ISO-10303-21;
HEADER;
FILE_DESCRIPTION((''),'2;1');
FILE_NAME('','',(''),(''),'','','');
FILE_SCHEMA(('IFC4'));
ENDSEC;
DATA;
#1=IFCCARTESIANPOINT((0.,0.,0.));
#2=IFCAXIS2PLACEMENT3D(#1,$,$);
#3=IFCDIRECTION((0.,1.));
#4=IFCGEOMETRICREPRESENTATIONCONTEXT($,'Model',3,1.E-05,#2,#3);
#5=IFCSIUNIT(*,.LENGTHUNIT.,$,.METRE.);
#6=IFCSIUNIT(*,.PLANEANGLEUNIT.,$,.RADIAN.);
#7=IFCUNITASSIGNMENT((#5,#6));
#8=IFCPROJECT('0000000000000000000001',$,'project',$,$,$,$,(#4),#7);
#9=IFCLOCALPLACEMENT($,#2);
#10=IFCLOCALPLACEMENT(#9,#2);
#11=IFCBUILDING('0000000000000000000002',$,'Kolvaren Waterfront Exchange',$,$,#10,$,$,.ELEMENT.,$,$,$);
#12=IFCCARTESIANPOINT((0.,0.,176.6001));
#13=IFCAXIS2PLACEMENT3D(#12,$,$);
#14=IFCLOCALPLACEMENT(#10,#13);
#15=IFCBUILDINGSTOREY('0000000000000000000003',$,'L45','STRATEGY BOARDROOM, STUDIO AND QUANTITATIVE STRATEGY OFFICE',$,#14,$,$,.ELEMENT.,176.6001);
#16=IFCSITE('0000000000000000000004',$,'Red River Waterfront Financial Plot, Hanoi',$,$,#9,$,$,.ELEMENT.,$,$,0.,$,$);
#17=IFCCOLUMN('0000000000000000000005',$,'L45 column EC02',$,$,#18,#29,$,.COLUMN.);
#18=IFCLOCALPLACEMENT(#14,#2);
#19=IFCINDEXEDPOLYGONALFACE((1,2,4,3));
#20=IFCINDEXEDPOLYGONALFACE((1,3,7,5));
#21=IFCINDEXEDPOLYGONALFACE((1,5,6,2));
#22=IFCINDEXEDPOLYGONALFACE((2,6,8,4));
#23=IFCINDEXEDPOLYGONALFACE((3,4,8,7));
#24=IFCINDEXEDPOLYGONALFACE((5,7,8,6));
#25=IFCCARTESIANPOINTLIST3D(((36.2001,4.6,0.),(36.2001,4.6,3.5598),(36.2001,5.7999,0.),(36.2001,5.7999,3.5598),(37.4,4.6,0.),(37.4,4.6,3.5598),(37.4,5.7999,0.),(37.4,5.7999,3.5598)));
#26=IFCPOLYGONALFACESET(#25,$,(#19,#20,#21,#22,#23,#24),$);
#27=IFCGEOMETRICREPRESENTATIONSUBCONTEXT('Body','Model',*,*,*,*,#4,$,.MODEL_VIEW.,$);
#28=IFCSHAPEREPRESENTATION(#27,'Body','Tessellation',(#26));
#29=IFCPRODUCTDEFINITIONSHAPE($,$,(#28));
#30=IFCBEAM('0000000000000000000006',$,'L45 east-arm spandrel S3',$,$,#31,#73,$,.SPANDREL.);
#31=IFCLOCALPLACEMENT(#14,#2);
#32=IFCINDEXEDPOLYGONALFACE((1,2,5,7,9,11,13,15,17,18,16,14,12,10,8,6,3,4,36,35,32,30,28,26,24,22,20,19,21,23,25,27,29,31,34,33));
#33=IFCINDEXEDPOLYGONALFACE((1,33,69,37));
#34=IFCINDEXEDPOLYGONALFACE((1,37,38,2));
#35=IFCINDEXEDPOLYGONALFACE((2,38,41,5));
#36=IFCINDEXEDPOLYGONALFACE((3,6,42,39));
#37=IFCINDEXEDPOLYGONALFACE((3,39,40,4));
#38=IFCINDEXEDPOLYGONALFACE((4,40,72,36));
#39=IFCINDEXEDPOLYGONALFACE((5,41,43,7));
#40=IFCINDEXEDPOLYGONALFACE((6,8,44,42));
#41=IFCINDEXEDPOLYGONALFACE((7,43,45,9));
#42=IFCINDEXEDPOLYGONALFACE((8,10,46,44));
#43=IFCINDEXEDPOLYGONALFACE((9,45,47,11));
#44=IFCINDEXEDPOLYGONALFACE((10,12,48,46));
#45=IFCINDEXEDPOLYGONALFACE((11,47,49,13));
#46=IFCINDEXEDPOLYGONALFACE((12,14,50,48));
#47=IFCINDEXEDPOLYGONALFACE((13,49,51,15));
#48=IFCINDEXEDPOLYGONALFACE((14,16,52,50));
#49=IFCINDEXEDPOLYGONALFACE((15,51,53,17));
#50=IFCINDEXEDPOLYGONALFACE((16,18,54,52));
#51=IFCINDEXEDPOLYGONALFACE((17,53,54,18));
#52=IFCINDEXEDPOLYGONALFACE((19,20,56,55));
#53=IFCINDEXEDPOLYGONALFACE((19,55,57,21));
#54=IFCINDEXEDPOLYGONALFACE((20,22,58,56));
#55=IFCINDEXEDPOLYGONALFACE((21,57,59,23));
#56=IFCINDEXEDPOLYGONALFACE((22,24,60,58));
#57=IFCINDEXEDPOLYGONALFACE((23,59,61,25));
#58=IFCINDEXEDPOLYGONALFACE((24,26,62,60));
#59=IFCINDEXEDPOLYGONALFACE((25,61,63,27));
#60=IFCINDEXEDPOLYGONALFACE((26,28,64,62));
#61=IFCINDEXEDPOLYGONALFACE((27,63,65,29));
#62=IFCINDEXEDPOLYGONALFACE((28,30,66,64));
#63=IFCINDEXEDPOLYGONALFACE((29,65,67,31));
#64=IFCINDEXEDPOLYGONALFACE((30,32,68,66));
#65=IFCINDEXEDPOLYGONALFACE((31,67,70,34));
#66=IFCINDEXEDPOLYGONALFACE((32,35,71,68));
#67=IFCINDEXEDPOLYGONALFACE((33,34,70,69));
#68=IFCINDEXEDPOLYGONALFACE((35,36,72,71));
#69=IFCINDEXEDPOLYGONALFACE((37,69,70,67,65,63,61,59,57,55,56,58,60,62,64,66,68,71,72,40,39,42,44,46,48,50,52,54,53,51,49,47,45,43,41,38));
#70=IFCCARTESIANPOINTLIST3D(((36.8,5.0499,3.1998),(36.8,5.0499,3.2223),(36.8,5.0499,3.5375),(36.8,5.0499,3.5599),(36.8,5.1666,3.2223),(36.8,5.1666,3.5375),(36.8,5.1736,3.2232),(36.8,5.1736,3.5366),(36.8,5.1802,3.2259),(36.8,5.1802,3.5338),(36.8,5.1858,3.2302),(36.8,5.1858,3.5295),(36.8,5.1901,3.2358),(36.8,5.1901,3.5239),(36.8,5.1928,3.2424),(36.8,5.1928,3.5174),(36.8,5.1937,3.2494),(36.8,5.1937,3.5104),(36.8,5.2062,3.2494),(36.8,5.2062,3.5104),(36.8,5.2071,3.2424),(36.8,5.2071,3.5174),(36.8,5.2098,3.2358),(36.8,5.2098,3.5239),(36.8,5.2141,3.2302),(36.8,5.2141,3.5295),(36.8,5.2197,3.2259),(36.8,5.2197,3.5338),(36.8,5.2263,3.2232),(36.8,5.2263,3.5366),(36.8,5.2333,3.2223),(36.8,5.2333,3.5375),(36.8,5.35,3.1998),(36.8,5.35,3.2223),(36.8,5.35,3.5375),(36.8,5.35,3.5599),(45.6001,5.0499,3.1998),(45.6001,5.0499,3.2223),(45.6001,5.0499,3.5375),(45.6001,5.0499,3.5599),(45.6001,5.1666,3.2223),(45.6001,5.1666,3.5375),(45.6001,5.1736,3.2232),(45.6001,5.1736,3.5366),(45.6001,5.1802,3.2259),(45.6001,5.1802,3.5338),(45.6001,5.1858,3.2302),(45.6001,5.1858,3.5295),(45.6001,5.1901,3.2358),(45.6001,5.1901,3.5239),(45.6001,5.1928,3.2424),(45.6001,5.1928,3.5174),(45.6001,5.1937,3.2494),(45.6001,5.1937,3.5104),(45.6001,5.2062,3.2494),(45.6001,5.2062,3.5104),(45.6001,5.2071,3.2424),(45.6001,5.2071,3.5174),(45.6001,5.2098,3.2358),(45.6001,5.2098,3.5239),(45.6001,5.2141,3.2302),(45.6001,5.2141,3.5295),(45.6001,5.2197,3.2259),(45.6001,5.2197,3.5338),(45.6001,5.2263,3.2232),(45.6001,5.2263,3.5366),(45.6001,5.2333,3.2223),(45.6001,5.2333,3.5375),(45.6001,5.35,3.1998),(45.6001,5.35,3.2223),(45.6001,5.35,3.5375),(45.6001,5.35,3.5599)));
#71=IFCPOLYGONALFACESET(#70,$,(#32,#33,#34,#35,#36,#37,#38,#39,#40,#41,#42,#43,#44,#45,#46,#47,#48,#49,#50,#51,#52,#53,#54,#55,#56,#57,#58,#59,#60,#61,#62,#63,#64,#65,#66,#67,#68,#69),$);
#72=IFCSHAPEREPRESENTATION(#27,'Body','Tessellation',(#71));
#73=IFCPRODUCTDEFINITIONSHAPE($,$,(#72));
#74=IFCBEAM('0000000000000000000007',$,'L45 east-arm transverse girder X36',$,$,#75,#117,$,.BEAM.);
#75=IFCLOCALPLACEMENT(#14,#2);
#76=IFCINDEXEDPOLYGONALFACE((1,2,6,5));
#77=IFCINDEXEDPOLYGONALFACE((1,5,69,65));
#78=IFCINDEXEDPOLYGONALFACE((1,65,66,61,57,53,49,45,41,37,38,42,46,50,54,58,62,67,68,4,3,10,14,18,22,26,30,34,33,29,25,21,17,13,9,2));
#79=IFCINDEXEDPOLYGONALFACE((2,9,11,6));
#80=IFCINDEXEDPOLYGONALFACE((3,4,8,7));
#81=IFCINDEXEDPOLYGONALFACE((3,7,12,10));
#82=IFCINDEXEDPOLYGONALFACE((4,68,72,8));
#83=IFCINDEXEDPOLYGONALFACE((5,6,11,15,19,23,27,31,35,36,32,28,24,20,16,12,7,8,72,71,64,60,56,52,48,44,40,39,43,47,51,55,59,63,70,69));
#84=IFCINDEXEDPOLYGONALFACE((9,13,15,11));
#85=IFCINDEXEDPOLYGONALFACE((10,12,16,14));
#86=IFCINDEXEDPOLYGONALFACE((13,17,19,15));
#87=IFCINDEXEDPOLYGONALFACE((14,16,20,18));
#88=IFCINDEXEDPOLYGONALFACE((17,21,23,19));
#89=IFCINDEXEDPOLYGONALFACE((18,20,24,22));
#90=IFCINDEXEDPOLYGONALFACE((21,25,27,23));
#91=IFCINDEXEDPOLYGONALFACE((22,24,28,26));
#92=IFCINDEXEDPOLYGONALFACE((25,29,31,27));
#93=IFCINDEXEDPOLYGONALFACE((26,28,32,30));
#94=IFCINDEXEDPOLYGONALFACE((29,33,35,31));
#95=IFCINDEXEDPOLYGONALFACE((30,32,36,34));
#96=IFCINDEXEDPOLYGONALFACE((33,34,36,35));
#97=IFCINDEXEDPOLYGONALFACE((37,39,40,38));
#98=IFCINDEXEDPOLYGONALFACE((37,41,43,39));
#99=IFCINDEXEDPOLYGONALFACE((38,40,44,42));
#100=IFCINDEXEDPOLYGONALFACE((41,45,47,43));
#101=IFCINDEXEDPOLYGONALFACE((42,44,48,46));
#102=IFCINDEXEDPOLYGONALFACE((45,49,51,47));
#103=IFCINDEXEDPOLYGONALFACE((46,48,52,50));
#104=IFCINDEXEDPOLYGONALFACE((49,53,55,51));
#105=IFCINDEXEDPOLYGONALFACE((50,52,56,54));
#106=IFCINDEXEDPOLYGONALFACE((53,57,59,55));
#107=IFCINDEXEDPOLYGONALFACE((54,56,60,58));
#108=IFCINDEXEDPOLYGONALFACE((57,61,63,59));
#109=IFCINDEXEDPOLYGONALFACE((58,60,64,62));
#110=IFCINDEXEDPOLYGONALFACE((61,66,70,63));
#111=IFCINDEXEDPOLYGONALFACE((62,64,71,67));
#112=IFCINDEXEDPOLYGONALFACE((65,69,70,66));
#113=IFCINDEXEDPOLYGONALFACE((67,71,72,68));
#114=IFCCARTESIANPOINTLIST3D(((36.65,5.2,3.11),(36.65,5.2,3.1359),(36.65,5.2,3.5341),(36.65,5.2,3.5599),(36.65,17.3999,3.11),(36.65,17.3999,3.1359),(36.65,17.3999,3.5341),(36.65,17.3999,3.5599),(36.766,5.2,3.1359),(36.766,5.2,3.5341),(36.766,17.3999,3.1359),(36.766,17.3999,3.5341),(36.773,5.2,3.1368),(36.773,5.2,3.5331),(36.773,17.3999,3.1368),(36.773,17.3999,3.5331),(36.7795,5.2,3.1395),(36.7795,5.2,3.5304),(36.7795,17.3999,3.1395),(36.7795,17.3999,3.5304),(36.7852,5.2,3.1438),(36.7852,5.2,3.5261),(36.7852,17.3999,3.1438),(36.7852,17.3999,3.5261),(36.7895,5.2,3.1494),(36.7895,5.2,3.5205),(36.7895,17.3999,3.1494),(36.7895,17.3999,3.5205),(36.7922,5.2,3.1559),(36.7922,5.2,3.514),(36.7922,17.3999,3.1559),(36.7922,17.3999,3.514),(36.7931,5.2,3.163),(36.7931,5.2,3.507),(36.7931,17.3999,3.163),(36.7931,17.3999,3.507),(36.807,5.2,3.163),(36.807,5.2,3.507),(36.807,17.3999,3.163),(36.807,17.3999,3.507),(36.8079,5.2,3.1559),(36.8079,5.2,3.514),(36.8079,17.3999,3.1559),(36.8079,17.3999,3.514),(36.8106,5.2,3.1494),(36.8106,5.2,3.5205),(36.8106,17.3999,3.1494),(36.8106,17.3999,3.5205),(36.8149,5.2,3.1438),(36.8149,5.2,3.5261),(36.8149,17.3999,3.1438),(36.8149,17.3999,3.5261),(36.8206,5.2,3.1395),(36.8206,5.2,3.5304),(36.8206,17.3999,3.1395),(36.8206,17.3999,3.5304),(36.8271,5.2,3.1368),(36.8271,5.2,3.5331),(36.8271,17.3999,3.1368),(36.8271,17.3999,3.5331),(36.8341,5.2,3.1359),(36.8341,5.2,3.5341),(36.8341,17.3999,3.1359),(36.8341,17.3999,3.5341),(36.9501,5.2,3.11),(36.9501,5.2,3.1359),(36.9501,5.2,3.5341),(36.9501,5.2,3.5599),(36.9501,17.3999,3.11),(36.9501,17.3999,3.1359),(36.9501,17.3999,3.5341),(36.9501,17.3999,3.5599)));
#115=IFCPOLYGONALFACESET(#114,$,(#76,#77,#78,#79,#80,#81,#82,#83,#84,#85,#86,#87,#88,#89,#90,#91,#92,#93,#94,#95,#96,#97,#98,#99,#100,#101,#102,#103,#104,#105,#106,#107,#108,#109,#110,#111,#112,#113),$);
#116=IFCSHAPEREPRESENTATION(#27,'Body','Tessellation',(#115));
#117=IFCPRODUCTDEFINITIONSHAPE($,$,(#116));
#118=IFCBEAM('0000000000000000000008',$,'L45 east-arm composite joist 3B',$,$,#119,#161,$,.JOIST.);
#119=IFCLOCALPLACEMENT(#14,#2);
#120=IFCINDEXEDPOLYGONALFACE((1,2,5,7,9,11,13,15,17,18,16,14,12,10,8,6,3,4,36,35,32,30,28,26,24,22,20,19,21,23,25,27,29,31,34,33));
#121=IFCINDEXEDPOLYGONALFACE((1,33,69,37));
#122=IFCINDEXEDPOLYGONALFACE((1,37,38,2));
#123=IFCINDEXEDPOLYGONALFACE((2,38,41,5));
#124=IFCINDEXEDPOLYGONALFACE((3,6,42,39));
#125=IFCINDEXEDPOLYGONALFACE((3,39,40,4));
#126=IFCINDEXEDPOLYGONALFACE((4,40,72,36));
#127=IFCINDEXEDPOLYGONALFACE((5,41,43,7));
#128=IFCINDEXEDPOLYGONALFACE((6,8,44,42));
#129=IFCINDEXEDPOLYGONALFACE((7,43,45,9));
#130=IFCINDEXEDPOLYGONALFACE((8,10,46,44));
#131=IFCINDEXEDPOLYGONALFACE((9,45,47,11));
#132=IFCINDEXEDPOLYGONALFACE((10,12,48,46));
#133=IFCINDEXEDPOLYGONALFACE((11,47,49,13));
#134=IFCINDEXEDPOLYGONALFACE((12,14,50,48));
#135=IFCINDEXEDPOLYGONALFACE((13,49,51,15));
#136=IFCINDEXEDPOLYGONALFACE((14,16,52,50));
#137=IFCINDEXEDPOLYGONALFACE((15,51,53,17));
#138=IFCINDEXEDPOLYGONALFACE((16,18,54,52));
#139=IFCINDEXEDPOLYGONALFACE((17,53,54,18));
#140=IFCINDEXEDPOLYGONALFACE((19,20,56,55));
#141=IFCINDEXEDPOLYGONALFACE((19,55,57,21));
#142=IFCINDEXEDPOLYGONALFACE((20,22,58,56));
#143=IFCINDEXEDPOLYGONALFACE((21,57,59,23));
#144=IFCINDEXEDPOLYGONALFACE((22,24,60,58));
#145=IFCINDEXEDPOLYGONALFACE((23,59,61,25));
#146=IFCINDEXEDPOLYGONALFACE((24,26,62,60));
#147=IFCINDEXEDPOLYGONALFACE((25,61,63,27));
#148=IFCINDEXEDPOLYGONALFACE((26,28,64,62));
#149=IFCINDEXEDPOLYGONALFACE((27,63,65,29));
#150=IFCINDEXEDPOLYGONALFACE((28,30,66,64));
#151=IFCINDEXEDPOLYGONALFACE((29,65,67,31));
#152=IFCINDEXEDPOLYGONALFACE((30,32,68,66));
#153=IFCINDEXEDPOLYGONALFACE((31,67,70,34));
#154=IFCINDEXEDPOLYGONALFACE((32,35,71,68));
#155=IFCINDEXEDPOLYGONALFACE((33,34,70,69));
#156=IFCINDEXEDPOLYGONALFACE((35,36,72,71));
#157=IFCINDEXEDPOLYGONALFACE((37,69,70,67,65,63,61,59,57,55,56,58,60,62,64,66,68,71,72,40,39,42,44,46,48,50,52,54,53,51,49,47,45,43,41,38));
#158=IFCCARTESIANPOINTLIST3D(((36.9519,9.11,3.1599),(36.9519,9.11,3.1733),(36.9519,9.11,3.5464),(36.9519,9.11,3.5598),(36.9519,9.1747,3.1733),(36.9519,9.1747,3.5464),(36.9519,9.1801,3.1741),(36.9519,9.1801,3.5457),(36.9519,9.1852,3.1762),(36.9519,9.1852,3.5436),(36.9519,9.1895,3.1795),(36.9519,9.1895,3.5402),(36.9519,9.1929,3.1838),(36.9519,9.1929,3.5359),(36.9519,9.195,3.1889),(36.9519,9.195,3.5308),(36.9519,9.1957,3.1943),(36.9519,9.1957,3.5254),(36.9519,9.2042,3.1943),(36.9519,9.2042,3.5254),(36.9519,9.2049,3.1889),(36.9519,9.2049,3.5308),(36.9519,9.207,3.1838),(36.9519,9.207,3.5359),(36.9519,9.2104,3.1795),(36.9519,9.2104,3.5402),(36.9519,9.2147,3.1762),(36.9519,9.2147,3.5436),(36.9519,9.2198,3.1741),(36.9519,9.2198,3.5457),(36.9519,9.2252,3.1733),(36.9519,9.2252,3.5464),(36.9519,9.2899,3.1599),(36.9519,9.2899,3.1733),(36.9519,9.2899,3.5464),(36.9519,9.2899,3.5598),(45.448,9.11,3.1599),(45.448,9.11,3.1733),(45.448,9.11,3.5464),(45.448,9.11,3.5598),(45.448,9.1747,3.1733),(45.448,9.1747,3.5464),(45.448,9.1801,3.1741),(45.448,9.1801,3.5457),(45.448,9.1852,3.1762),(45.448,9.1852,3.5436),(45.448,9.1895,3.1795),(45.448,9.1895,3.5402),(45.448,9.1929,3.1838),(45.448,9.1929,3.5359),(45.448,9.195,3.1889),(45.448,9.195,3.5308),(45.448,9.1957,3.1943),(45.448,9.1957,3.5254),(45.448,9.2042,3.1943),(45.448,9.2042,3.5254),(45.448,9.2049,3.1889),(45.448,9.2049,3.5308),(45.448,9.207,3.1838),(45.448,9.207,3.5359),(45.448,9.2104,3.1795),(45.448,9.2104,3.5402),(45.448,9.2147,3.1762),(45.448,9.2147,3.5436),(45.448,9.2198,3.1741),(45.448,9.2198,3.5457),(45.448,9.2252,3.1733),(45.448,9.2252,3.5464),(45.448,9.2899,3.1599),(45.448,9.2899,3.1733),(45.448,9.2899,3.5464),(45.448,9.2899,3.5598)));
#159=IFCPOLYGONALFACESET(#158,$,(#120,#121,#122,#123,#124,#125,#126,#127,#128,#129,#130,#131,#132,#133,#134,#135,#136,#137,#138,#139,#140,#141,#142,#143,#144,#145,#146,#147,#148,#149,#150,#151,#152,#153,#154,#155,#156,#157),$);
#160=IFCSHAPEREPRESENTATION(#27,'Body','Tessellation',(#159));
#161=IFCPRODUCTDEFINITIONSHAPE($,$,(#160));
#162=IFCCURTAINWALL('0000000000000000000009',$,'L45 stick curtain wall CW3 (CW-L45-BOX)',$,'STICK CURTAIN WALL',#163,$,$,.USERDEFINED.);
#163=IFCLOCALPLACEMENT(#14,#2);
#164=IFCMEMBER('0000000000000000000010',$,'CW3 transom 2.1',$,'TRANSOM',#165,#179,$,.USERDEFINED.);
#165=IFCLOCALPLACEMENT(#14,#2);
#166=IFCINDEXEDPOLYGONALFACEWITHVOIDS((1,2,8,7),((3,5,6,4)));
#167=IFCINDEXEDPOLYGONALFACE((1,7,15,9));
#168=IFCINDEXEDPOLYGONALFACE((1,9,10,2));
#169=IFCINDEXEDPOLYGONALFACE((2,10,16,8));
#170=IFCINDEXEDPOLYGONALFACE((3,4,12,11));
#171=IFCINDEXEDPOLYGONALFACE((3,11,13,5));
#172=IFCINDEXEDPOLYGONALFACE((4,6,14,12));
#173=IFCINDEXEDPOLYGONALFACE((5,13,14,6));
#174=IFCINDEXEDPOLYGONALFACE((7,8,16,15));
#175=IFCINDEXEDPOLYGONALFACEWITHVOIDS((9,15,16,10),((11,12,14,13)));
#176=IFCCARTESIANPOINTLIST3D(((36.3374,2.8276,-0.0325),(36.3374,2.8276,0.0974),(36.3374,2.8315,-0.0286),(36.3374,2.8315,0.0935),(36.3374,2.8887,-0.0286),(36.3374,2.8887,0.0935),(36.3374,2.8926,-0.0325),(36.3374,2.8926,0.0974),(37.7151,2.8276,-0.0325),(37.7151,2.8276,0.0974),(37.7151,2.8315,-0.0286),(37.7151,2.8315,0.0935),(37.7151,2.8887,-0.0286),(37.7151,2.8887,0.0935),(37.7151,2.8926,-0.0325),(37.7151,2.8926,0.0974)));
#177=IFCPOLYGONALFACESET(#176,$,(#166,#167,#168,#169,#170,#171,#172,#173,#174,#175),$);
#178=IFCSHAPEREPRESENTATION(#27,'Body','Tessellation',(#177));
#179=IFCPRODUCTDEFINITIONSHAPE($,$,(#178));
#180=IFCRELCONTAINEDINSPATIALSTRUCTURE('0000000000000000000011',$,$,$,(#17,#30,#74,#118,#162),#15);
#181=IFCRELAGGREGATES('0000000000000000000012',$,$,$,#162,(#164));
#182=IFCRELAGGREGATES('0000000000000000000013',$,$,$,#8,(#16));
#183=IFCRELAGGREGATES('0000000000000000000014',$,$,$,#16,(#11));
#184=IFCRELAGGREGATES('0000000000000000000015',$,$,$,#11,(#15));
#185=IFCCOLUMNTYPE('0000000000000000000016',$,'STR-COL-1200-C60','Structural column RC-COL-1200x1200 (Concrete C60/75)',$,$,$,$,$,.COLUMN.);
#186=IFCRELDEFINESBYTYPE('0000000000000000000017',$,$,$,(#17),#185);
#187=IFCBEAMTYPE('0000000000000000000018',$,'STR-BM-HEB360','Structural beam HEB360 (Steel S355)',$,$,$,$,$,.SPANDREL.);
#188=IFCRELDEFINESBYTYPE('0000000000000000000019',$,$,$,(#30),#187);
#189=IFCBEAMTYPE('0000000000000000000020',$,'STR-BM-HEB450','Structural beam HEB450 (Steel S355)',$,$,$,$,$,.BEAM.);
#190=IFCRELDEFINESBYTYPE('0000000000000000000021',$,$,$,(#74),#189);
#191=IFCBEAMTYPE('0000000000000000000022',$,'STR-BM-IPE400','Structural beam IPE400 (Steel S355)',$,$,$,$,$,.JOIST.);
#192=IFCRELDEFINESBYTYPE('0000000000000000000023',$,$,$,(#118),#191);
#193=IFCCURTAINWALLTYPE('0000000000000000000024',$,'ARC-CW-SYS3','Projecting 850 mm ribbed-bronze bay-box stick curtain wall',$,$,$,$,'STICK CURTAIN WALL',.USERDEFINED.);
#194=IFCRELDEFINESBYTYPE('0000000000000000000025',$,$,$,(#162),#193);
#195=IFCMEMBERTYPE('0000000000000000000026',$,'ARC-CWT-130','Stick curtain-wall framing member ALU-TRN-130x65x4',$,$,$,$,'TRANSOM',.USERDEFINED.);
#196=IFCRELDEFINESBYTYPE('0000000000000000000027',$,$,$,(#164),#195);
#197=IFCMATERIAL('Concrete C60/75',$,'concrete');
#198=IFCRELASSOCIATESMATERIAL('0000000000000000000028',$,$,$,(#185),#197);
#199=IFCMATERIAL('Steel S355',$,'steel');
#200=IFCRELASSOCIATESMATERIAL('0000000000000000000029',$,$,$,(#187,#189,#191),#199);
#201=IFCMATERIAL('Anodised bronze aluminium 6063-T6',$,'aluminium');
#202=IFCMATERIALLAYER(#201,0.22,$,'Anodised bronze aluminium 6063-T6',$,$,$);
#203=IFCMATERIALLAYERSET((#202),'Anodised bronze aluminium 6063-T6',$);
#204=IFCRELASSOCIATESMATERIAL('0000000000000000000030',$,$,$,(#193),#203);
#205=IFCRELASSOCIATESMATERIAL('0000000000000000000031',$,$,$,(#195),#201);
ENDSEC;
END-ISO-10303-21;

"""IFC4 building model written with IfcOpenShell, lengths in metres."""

from ifc_helpers import new_model, si_unit, direction, frame, origin, origin_with_axes, origin_2d, place, context, subcontext, project, spatial, rectangle, hollow_rectangle, i_section, extrude, source, transform, mapped, material, layer, layer_set, material_profile, profile_set, type_object, element, aggregate, save


model = new_model("IFC4")

# Units and contexts
model_context = context("Model", 3, precision=1e-05, world=origin(), true_north=direction((0.0, 1.0)))
body_context = subcontext(model_context, "Body", "Model", "MODEL_VIEW")
ifc_project = project(units=[si_unit("LENGTHUNIT", "METRE"), si_unit("PLANEANGLEUNIT", "RADIAN")], contexts=[model_context])

# Site, building, storey
site_placement = place(None, origin())
site = spatial("IfcSite", under=ifc_project, at=site_placement, Name="Red River Waterfront Financial Plot, Hanoi", CompositionType="ELEMENT", RefElevation=0.0)
building_placement = place(site_placement, origin())
building = spatial("IfcBuilding", under=site, at=building_placement, Name="Kolvaren Waterfront Exchange", CompositionType="ELEMENT")
storey_placement = place(building_placement, frame((0.0, 0.0, 176.6001)))
storey = spatial("IfcBuildingStorey", under=building, at=storey_placement, Name="L45", Description="STRATEGY BOARDROOM, STUDIO AND QUANTITATIVE STRATEGY OFFICE", CompositionType="ELEMENT", Elevation=176.6001)

# Column
ifc_material_1 = material(Name="Concrete C60/75", Category="concrete")
ifc_material_profile_1 = material_profile(ifc_material_1, rectangle(XDim=1.2, YDim=1.2, at=origin_2d()), Name="RC-COL-1200x1200")
ifc_profile_set_1 = profile_set([ifc_material_profile_1], Name="Concrete C60/75")
column_type = type_object("IfcColumnType", Name="STR-COL-1200-C60", Description="Structural column RC-COL-1200x1200 (Concrete C60/75)", PredefinedType="COLUMN", material=ifc_profile_set_1)
column_placement = place(storey_placement, frame((36.8, 5.2, 0.0), z_axis=(0.0, 0.0, 1.0), x_axis=(1.0, 0.0, 0.0)))
element("IfcColumn", 1, at=column_placement, inside=storey, type_object=column_type, Name="L45 column EC02", PredefinedType="COLUMN", context=body_context, shape_type="SweptSolid", body=[
    extrude(rectangle(XDim=1.2, YDim=1.2, at=origin_2d()), origin(), (0.0, 0.0, 1.0), 3.5598),
])

# Beams
ifc_material_2 = material(Name="Steel S355", Category="steel")
ifc_material_profile_2 = material_profile(ifc_material_2, i_section(OverallWidth=0.3, OverallDepth=0.3601, WebThickness=0.0125, FlangeThickness=0.0225, FilletRadius=0.0271, at=origin_2d()), Name="HEB360")
ifc_profile_set_2 = profile_set([ifc_material_profile_2], Name="Steel S355")
beam_type_1 = type_object("IfcBeamType", Name="STR-BM-HEB360", Description="Structural beam HEB360 (Steel S355)", PredefinedType="SPANDREL", material=ifc_profile_set_2)
beam_1_placement = place(storey_placement, frame((36.8, 5.2, 3.3799), z_axis=(1.0, 0.0, 0.0), x_axis=(0.0, 1.0, 0.0)))
element("IfcBeam", 2, at=beam_1_placement, inside=storey, type_object=beam_type_1, Name="L45 east-arm spandrel S3", PredefinedType="SPANDREL", context=body_context, shape_type="SweptSolid", body=[
    extrude(i_section(OverallWidth=0.3, OverallDepth=0.3601, WebThickness=0.0125, FlangeThickness=0.0225, FilletRadius=0.0271, at=origin_2d()), origin(), (0.0, 0.0, 1.0), 8.8),
])
ifc_material_profile_3 = material_profile(ifc_material_2, i_section(OverallWidth=0.3, OverallDepth=0.45, WebThickness=0.0139, FlangeThickness=0.0259, FilletRadius=0.0271, at=origin_2d()), Name="HEB450")
ifc_profile_set_3 = profile_set([ifc_material_profile_3], Name="Steel S355")
beam_type_2 = type_object("IfcBeamType", Name="STR-BM-HEB450", Description="Structural beam HEB450 (Steel S355)", PredefinedType="BEAM", material=ifc_profile_set_3)
beam_2_placement = place(storey_placement, frame((36.8, 5.2, 3.335), z_axis=(0.0, 1.0, 0.0), x_axis=(-1.0, 0.0, 0.0)))
element("IfcBeam", 3, at=beam_2_placement, inside=storey, type_object=beam_type_2, Name="L45 east-arm transverse girder X36", PredefinedType="BEAM", context=body_context, shape_type="SweptSolid", body=[
    extrude(i_section(OverallWidth=0.3, OverallDepth=0.45, WebThickness=0.0139, FlangeThickness=0.0259, FilletRadius=0.0271, at=origin_2d()), origin(), (0.0, 0.0, 1.0), 12.2),
])
ifc_material_profile_4 = material_profile(ifc_material_2, i_section(OverallWidth=0.1799, OverallDepth=0.3999, WebThickness=0.0085, FlangeThickness=0.0134, FilletRadius=0.021, at=origin_2d()), Name="IPE400")
ifc_profile_set_4 = profile_set([ifc_material_profile_4], Name="Steel S355")
beam_type_3 = type_object("IfcBeamType", Name="STR-BM-IPE400", Description="Structural beam IPE400 (Steel S355)", PredefinedType="JOIST", material=ifc_profile_set_4)
beam_3_placement = place(storey_placement, frame((36.9519, 9.2, 3.3599), z_axis=(1.0, 0.0, 0.0), x_axis=(0.0, 1.0, 0.0)))
element("IfcBeam", 4, at=beam_3_placement, inside=storey, type_object=beam_type_3, Name="L45 east-arm composite joist 3B", PredefinedType="JOIST", context=body_context, shape_type="SweptSolid", body=[
    extrude(i_section(OverallWidth=0.1799, OverallDepth=0.3999, WebThickness=0.0085, FlangeThickness=0.0134, FilletRadius=0.021, at=origin_2d()), origin(), (0.0, 0.0, 1.0), 8.4961),
])

# Curtain wall, member
ifc_material_3 = material(Name="Anodised bronze aluminium 6063-T6", Category="aluminium")
ifc_layer_1 = layer(ifc_material_3, 0.22, Name="Anodised bronze aluminium 6063-T6")
ifc_layer_set_1 = layer_set([ifc_layer_1], Name="Anodised bronze aluminium 6063-T6")
curtain_wall_type_1 = type_object("IfcCurtainWallType", Name="ARC-CW-SYS3", Description="Projecting 850 mm ribbed-bronze bay-box stick curtain wall", ElementType="STICK CURTAIN WALL", PredefinedType="USERDEFINED", material=ifc_layer_set_1)
curtain_wall_1_placement = place(storey_placement, origin())
curtain_wall_1 = element("IfcCurtainWall", 5, at=curtain_wall_1_placement, inside=storey, type_object=curtain_wall_type_1, Name="L45 stick curtain wall CW3 (CW-L45-BOX)", ObjectType="STICK CURTAIN WALL", PredefinedType="USERDEFINED")
ifc_material_profile_5 = material_profile(ifc_material_3, hollow_rectangle(XDim=0.0649, YDim=0.1299, WallThickness=0.0039, at=origin_2d()), Name="ALU-TRN-130x65x4")
ifc_profile_set_5 = profile_set([ifc_material_profile_5], Name="Anodised bronze aluminium 6063-T6")
member_type_1 = type_object("IfcMemberType", Name="ARC-CWT-130", Description="Stick curtain-wall framing member ALU-TRN-130x65x4", ElementType="TRANSOM", PredefinedType="USERDEFINED", material=ifc_profile_set_5)
shared_shape_1 = source(origin_with_axes(), body_context, "Body", "SweptSolid", [
    extrude(hollow_rectangle(XDim=0.0649, YDim=0.1299, WallThickness=0.0039, at=origin_2d()), origin(), (0.0, 0.0, 1.0), 1.3777),
])
member_1_placement = place(storey_placement, frame((36.3374, 2.8601, 0.0325), z_axis=(1.0, 0.0, 0.0), x_axis=(0.0, 1.0, 0.0)))
member_1 = element("IfcMember", 6, at=member_1_placement, type_object=member_type_1, Name="CW3 transom 2.1", ObjectType="TRANSOM", PredefinedType="USERDEFINED", context=body_context, shape_type="MappedRepresentation", body=[
    mapped(shared_shape_1, transform((0.0, 0.0, 0.0), x_axis=(1.0, 0.0, 0.0), y_axis=(0.0, 1.0, 0.0), z_axis=(0.0, 0.0, 1.0), scale=1.0)),
])

aggregate(curtain_wall_1, [member_1])

save(model, "model.ifc")
